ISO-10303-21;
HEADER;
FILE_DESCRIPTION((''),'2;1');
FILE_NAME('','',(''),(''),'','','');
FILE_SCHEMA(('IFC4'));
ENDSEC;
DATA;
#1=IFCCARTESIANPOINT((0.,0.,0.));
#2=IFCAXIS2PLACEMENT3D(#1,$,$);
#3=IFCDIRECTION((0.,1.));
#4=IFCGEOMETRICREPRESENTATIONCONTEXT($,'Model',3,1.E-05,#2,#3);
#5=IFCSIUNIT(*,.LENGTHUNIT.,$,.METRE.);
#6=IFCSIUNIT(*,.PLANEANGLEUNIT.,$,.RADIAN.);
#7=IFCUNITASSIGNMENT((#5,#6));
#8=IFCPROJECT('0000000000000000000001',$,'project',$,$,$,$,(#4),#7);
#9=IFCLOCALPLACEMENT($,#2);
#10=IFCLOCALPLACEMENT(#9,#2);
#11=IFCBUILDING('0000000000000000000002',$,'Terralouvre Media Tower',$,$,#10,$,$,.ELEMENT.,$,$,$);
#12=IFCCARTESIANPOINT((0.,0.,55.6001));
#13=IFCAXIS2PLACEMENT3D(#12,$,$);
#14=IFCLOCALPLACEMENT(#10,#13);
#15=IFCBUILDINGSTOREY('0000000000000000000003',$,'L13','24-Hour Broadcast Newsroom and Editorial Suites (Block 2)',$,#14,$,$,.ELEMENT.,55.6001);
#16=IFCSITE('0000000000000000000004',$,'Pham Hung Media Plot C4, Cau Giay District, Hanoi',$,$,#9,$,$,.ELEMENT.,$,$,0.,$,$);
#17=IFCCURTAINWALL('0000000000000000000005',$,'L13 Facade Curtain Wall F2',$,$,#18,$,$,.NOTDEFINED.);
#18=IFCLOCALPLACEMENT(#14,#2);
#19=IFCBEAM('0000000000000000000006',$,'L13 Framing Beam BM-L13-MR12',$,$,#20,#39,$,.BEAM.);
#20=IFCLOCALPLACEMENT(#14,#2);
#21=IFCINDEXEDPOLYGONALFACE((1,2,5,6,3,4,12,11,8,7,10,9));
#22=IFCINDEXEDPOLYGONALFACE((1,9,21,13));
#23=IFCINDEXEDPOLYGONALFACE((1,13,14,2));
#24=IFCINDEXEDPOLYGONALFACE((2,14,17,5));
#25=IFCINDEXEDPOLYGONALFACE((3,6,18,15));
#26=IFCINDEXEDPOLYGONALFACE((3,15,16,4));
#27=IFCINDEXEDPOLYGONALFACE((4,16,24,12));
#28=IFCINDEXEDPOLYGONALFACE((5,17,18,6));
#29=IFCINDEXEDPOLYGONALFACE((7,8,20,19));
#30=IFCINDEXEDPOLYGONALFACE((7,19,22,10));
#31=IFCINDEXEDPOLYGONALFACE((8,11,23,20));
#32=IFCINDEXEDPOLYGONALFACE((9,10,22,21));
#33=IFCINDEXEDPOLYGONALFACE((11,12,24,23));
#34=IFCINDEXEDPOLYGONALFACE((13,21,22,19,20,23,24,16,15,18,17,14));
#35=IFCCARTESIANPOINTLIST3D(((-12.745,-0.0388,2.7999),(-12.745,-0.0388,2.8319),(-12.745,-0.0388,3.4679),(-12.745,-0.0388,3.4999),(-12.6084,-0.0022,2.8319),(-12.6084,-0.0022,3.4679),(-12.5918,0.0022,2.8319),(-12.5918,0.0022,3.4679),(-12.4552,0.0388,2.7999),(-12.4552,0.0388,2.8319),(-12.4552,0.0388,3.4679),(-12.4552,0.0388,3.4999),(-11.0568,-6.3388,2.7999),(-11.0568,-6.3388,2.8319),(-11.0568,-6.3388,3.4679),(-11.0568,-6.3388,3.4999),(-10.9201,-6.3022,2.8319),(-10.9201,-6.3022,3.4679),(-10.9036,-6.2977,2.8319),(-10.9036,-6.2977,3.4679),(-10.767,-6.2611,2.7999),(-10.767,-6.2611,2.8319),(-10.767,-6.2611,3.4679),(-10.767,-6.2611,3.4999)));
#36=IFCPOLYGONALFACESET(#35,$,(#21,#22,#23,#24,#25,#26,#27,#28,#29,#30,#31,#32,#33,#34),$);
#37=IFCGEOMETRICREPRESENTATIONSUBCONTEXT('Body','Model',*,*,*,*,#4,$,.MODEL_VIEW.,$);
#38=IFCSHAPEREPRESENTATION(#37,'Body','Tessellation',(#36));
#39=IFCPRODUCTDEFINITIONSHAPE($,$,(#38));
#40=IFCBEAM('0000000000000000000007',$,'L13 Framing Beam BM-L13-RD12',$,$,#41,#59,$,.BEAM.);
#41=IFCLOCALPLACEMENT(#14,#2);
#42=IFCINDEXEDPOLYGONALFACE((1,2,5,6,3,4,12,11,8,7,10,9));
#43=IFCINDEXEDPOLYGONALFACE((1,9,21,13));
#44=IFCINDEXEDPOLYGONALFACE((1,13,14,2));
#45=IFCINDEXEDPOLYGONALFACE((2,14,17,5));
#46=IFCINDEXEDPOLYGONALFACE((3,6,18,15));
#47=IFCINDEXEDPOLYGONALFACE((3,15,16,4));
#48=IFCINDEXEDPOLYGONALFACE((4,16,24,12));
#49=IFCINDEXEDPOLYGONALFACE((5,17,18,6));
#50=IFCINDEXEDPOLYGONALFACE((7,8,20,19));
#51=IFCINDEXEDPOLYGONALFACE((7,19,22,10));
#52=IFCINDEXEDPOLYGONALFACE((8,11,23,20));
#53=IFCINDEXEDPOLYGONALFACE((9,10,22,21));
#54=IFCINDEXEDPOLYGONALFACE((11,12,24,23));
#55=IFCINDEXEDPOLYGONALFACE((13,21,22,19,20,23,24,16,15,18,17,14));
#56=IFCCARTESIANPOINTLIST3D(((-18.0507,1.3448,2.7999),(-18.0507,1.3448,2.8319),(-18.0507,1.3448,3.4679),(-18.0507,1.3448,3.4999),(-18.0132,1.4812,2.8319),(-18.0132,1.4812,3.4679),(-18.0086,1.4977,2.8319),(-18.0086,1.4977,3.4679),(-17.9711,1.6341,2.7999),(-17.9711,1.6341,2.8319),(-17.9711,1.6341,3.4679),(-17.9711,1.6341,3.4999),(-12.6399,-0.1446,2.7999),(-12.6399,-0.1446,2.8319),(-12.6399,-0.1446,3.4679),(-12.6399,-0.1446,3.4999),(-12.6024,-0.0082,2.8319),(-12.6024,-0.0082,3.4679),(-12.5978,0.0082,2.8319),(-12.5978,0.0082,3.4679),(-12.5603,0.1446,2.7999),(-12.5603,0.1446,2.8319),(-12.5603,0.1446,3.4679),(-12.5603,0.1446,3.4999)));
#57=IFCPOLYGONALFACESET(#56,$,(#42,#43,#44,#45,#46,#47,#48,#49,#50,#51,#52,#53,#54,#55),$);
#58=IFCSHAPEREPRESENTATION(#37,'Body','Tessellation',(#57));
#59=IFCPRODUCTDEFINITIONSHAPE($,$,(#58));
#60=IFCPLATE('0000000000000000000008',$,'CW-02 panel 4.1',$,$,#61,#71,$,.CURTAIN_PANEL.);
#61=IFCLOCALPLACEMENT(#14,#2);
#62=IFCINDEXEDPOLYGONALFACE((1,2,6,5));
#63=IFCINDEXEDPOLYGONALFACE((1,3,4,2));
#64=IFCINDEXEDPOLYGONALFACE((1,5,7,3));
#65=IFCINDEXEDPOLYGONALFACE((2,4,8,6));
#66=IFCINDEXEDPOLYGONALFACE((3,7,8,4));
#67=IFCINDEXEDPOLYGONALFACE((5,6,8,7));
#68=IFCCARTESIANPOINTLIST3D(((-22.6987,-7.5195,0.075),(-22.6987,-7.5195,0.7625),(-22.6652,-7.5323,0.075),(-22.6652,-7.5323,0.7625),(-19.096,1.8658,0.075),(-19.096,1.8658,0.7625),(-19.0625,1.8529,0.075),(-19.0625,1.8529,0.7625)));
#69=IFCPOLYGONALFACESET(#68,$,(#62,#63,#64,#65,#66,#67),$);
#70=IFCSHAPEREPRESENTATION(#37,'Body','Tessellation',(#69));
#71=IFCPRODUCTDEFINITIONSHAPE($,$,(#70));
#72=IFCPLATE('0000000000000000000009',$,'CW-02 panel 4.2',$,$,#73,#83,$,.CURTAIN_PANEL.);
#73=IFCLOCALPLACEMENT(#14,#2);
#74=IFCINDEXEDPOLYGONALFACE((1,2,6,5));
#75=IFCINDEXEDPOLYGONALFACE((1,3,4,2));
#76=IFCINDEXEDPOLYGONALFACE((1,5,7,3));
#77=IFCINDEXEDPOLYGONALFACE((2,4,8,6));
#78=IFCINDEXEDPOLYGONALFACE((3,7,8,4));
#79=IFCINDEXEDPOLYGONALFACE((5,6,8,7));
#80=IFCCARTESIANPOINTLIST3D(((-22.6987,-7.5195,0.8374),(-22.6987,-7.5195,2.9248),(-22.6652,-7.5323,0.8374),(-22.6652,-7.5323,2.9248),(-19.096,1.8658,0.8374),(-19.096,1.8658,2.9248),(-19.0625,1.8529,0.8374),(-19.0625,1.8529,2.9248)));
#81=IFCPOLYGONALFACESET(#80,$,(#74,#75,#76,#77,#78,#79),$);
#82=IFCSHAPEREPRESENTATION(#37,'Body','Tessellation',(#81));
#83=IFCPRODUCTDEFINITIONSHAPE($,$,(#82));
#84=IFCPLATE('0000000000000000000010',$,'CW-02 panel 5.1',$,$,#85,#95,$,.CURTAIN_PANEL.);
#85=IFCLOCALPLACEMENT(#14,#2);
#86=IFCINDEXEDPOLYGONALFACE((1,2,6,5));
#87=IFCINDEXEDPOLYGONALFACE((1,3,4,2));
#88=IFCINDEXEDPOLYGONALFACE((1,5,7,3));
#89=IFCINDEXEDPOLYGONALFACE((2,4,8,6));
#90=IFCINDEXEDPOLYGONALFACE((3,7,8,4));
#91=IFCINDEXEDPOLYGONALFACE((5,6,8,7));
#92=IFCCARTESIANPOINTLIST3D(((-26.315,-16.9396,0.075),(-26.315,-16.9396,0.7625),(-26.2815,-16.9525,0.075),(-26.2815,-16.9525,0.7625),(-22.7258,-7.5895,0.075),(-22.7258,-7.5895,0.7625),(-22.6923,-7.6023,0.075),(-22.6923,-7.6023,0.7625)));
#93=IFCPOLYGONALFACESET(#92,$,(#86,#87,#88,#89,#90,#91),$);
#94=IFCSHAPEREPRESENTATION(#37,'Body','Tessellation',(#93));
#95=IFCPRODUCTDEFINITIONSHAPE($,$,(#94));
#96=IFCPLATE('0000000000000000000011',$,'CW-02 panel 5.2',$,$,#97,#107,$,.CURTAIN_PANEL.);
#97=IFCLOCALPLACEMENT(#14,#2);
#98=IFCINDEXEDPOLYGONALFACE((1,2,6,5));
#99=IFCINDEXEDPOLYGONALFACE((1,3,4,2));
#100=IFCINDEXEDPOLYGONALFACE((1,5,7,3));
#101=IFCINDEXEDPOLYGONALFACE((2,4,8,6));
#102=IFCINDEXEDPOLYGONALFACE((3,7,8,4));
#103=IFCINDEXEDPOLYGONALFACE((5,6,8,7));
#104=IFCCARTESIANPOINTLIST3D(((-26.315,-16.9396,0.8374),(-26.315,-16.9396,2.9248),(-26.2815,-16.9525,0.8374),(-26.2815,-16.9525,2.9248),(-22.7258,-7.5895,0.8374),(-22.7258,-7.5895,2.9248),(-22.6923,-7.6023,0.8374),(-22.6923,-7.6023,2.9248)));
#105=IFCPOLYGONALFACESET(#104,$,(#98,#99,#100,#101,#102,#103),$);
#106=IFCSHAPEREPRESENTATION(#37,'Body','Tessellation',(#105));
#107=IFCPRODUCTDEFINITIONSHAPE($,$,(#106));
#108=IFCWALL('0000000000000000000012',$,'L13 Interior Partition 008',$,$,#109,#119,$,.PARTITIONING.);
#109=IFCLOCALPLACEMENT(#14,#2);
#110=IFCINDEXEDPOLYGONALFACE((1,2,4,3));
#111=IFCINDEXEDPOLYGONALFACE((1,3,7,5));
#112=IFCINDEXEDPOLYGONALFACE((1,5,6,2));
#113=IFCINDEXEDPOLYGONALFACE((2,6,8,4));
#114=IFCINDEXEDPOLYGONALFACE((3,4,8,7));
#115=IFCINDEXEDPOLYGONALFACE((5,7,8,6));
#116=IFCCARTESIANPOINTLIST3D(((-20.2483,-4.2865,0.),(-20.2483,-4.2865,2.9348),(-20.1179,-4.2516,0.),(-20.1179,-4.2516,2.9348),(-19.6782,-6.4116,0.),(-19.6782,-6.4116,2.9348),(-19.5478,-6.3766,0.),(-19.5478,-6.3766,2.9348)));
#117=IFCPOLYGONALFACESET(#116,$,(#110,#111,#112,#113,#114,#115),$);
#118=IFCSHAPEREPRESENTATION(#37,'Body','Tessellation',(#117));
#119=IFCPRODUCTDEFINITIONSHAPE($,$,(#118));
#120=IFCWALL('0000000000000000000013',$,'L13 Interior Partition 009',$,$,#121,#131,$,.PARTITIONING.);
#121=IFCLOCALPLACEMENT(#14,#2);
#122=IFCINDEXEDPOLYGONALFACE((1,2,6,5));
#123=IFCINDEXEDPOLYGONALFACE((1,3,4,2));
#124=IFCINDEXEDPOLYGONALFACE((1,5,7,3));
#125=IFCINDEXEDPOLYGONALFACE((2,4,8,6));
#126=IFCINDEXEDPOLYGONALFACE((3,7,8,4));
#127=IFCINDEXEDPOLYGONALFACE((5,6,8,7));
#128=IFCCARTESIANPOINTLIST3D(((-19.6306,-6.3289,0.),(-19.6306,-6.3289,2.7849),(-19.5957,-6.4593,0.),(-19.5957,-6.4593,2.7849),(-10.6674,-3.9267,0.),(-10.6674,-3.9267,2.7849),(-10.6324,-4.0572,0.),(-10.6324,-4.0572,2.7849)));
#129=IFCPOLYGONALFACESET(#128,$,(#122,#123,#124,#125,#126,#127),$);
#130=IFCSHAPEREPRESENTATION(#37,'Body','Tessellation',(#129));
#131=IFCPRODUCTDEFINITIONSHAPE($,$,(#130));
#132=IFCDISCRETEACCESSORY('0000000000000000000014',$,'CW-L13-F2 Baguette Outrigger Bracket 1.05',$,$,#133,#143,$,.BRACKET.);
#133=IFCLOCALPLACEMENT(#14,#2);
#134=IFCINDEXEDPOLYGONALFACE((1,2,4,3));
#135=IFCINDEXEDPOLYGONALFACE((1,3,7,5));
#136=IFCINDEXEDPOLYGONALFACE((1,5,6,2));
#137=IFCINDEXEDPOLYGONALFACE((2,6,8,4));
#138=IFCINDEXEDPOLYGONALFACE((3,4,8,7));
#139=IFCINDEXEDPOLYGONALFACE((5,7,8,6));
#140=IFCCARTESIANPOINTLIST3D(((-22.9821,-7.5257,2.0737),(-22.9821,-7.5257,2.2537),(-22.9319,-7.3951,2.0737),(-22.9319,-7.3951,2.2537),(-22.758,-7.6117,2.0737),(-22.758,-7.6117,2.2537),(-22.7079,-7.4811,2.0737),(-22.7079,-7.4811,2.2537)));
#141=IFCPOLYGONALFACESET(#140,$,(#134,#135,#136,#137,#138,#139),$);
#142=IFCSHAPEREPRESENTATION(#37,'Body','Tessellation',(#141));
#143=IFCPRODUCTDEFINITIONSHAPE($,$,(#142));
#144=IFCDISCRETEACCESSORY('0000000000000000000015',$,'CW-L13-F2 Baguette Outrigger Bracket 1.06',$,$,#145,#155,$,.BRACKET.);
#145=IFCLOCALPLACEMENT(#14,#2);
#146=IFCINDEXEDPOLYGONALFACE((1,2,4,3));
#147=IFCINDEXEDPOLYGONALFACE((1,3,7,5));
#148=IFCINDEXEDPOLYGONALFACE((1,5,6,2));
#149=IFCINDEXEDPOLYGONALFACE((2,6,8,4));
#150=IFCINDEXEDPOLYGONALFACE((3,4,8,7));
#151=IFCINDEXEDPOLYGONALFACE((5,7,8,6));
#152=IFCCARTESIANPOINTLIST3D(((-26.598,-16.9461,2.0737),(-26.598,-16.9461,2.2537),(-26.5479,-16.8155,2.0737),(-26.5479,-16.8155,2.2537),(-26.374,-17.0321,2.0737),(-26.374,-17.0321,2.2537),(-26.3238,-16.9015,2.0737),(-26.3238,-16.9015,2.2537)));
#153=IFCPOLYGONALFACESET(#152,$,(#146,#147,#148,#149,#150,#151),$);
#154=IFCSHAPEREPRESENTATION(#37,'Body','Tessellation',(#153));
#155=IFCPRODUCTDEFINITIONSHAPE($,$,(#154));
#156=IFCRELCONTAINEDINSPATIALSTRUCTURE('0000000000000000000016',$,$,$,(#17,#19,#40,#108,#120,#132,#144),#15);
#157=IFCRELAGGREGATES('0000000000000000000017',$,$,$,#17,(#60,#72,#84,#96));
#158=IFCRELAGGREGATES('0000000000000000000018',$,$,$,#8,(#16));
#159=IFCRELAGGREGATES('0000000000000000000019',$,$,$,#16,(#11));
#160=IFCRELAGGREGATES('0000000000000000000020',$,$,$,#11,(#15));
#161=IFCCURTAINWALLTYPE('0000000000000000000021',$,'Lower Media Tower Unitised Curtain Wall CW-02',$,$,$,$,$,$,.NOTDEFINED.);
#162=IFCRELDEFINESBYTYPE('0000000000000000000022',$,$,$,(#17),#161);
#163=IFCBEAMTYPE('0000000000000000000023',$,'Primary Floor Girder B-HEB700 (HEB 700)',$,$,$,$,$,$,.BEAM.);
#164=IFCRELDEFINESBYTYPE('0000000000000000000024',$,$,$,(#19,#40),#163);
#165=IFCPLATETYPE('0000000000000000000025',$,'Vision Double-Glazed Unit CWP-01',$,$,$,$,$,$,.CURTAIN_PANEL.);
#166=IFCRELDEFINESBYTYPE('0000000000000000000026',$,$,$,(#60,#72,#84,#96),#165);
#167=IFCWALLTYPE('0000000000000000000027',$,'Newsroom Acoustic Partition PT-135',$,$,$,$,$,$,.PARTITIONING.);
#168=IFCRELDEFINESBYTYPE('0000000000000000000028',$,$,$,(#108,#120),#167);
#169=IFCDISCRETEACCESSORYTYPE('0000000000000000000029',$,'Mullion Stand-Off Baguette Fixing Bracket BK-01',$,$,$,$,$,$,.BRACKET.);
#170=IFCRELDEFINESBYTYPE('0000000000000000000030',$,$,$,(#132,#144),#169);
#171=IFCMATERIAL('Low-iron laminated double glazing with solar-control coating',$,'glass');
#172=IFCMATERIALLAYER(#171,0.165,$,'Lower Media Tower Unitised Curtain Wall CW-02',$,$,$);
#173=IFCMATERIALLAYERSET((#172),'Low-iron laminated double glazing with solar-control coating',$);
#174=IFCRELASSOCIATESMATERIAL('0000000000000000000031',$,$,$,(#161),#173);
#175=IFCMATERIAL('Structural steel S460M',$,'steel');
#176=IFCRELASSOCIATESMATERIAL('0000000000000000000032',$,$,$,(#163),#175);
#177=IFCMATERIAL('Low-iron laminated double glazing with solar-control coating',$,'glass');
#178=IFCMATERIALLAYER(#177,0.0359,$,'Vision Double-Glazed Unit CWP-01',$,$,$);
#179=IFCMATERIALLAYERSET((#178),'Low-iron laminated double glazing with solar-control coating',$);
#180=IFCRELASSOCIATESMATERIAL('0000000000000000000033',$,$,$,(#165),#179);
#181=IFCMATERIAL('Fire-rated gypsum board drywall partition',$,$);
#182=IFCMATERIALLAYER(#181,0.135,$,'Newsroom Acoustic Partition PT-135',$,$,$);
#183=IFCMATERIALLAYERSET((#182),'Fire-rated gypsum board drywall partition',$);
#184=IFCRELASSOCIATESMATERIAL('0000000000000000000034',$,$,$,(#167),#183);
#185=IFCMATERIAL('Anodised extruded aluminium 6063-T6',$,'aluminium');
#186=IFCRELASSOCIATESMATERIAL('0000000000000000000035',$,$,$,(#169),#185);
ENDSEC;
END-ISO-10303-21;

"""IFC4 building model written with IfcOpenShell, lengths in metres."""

from ifc_helpers import new_model, si_unit, direction, frame, frame_2d, origin, origin_2d, place, context, subcontext, project, spatial, rectangle, i_section, extrude, material, layer, layer_set, material_profile, profile_set, type_object, element, aggregate, save


model = new_model("IFC4")

# Units and contexts
model_context = context("Model", 3, precision=1e-05, world=origin(), true_north=direction((0.0, 1.0)))
body_context = subcontext(model_context, "Body", "Model", "MODEL_VIEW")
ifc_project = project(units=[si_unit("LENGTHUNIT", "METRE"), si_unit("PLANEANGLEUNIT", "RADIAN")], contexts=[model_context])

# Site, building, storey
site_placement = place(None, origin())
site = spatial("IfcSite", under=ifc_project, at=site_placement, Name="Pham Hung Media Plot C4, Cau Giay District, Hanoi", CompositionType="ELEMENT", RefElevation=0.0)
building_placement = place(site_placement, origin())
building = spatial("IfcBuilding", under=site, at=building_placement, Name="Terralouvre Media Tower", CompositionType="ELEMENT")
storey_placement = place(building_placement, frame((0.0, 0.0, 55.6001)))
storey = spatial("IfcBuildingStorey", under=building, at=storey_placement, Name="L13", Description="24-Hour Broadcast Newsroom and Editorial Suites (Block 2)", CompositionType="ELEMENT", Elevation=55.6001)

# Curtain wall
ifc_material_1 = material(Name="Low-iron laminated double glazing with solar-control coating", Category="glass")
ifc_layer_1 = layer(ifc_material_1, 0.165, Name="Lower Media Tower Unitised Curtain Wall CW-02")
ifc_layer_set_1 = layer_set([ifc_layer_1], Name="Low-iron laminated double glazing with solar-control coating")
curtain_wall_type_1 = type_object("IfcCurtainWallType", Name="Lower Media Tower Unitised Curtain Wall CW-02", PredefinedType="NOTDEFINED", material=ifc_layer_set_1)
curtain_wall_1_placement = place(storey_placement, origin())
curtain_wall_1 = element("IfcCurtainWall", 1, at=curtain_wall_1_placement, inside=storey, type_object=curtain_wall_type_1, Name="L13 Facade Curtain Wall F2", PredefinedType="NOTDEFINED")

# Beams
ifc_material_2 = material(Name="Structural steel S460M", Category="steel")
ifc_material_profile_1 = material_profile(ifc_material_2, i_section(OverallWidth=0.3, OverallDepth=0.7, WebThickness=0.0171, FlangeThickness=0.032, at=origin_2d()), Name="HEB 700")
ifc_profile_set_1 = profile_set([ifc_material_profile_1], Name="Structural steel S460M")
beam_type_1 = type_object("IfcBeamType", Name="Primary Floor Girder B-HEB700 (HEB 700)", PredefinedType="BEAM", material=ifc_profile_set_1)
beam_1_placement = place(storey_placement, frame((-12.6001, 0.0, 3.1499), z_axis=(0.258839, -0.96592, 0.0), x_axis=(0.96592, 0.258839, 0.0)))
element("IfcBeam", 2, at=beam_1_placement, inside=storey, type_object=beam_type_1, Name="L13 Framing Beam BM-L13-MR12", PredefinedType="BEAM", context=body_context, shape_type="SweptSolid", body=[
    extrude(i_section(OverallWidth=0.3, OverallDepth=0.7, WebThickness=0.0171, FlangeThickness=0.032, at=origin_2d()), origin(), (0.0, 0.0, 1.0), 6.5222),
])
beam_2_placement = place(storey_placement, frame((-12.6001, 0.0, 3.1499), z_axis=(-0.964137, 0.265406, 0.0), x_axis=(-0.265406, -0.964137, 0.0)))
element("IfcBeam", 3, at=beam_2_placement, inside=storey, type_object=beam_type_1, Name="L13 Framing Beam BM-L13-RD12", PredefinedType="BEAM", context=body_context, shape_type="SweptSolid", body=[
    extrude(i_section(OverallWidth=0.3, OverallDepth=0.7, WebThickness=0.0171, FlangeThickness=0.032, at=origin_2d()), origin(), (0.0, 0.0, 1.0), 5.6121),
])

# Plates
ifc_material_3 = material(Name="Low-iron laminated double glazing with solar-control coating", Category="glass")
ifc_layer_2 = layer(ifc_material_3, 0.0359, Name="Vision Double-Glazed Unit CWP-01")
ifc_layer_set_2 = layer_set([ifc_layer_2], Name="Low-iron laminated double glazing with solar-control coating")
plate_type = type_object("IfcPlateType", Name="Vision Double-Glazed Unit CWP-01", PredefinedType="CURTAIN_PANEL", material=ifc_layer_set_2)
plate_1_placement = place(storey_placement, frame((-20.8806, -2.8333, 0.075), z_axis=(0.0, 0.0, 1.0), x_axis=(-0.358368, -0.93358, 0.0)))
plate_1 = element("IfcPlate", 4, at=plate_1_placement, type_object=plate_type, Name="CW-02 panel 4.1", PredefinedType="CURTAIN_PANEL", context=body_context, shape_type="SweptSolid", body=[
    extrude(rectangle(XDim=10.053, YDim=0.0359, at=origin_2d()), origin(), (0.0, 0.0, 1.0), 0.6875),
])
plate_2_placement = place(storey_placement, frame((-20.8806, -2.8333, 0.8374), z_axis=(0.0, 0.0, 1.0), x_axis=(-0.358368, -0.93358, 0.0)))
plate_2 = element("IfcPlate", 5, at=plate_2_placement, type_object=plate_type, Name="CW-02 panel 4.2", PredefinedType="CURTAIN_PANEL", context=body_context, shape_type="SweptSolid", body=[
    extrude(rectangle(XDim=10.053, YDim=0.0359, at=origin_2d()), origin(), (0.0, 0.0, 1.0), 2.0874),
])
plate_3_placement = place(storey_placement, frame((-24.5037, -12.271, 0.075), z_axis=(0.0, 0.0, 1.0), x_axis=(-0.358368, -0.93358, 0.0)))
plate_3 = element("IfcPlate", 6, at=plate_3_placement, type_object=plate_type, Name="CW-02 panel 5.1", PredefinedType="CURTAIN_PANEL", context=body_context, shape_type="SweptSolid", body=[
    extrude(rectangle(XDim=10.0154, YDim=0.0359, at=origin_2d()), origin(), (0.0, 0.0, 1.0), 0.6875),
])
plate_4_placement = place(storey_placement, frame((-24.5037, -12.271, 0.8374), z_axis=(0.0, 0.0, 1.0), x_axis=(-0.358368, -0.93358, 0.0)))
plate_4 = element("IfcPlate", 7, at=plate_4_placement, type_object=plate_type, Name="CW-02 panel 5.2", PredefinedType="CURTAIN_PANEL", context=body_context, shape_type="SweptSolid", body=[
    extrude(rectangle(XDim=10.0154, YDim=0.0359, at=origin_2d()), origin(), (0.0, 0.0, 1.0), 2.0874),
])
aggregate(curtain_wall_1, [plate_1, plate_2, plate_3, plate_4])

# Walls
ifc_material_4 = material(Name="Fire-rated gypsum board drywall partition")
ifc_layer_3 = layer(ifc_material_4, 0.135, Name="Newsroom Acoustic Partition PT-135")
ifc_layer_set_3 = layer_set([ifc_layer_3], Name="Fire-rated gypsum board drywall partition")
wall_type = type_object("IfcWallType", Name="Newsroom Acoustic Partition PT-135", PredefinedType="PARTITIONING", material=ifc_layer_set_3)
wall_1_placement = place(storey_placement, frame((-20.1831, -4.269, 0.0), z_axis=(0.0, 0.0, 1.0), x_axis=(0.259106, -0.965849, 0.0)))
element("IfcWall", 8, at=wall_1_placement, inside=storey, type_object=wall_type, Name="L13 Interior Partition 008", PredefinedType="PARTITIONING", context=body_context, shape_type="SweptSolid", body=[
    extrude(rectangle(XDim=2.2002, YDim=0.135, at=frame_2d((1.1001, 0.0))), origin(), (0.0, 0.0, 1.0), 2.9348),
])
wall_2_placement = place(storey_placement, frame((-19.613, -6.394, 0.0), z_axis=(0.0, 0.0, 1.0), x_axis=(0.965914, 0.258863, 0.0)))
element("IfcWall", 9, at=wall_2_placement, inside=storey, type_object=wall_type, Name="L13 Interior Partition 009", PredefinedType="PARTITIONING", context=body_context, shape_type="SweptSolid", body=[
    extrude(rectangle(XDim=9.2795, YDim=0.135, at=frame_2d((4.6396, 0.0))), origin(), (0.0, 0.0, 1.0), 2.7849),
])

# Discrete accessories
ifc_material_5 = material(Name="Anodised extruded aluminium 6063-T6", Category="aluminium")
discrete_accessory_type = type_object("IfcDiscreteAccessoryType", Name="Mullion Stand-Off Baguette Fixing Bracket BK-01", PredefinedType="BRACKET", material=ifc_material_5)
for number, where, z_axis, x_axis, name in (
    (10, (-22.845, -7.5034, 2.0737), (0.0, 0.0, 1.0), (-0.358368, -0.93358, 0.0), "CW-L13-F2 Baguette Outrigger Bracket 1.05"),
    (11, (-26.4609, -16.9238, 2.0737), (0.0, 0.0, 1.0), (-0.358368, -0.93358, 0.0), "CW-L13-F2 Baguette Outrigger Bracket 1.06"),
):
    element("IfcDiscreteAccessory", number, at=place(storey_placement, frame(where, z_axis=z_axis, x_axis=x_axis)), inside=storey, type_object=discrete_accessory_type, Name=name, PredefinedType="BRACKET", context=body_context, shape_type="SweptSolid", body=[
        extrude(rectangle(XDim=0.1399, YDim=0.24, at=origin_2d()), origin(), (0.0, 0.0, 1.0), 0.1799),
    ])

save(model, "model.ifc")
